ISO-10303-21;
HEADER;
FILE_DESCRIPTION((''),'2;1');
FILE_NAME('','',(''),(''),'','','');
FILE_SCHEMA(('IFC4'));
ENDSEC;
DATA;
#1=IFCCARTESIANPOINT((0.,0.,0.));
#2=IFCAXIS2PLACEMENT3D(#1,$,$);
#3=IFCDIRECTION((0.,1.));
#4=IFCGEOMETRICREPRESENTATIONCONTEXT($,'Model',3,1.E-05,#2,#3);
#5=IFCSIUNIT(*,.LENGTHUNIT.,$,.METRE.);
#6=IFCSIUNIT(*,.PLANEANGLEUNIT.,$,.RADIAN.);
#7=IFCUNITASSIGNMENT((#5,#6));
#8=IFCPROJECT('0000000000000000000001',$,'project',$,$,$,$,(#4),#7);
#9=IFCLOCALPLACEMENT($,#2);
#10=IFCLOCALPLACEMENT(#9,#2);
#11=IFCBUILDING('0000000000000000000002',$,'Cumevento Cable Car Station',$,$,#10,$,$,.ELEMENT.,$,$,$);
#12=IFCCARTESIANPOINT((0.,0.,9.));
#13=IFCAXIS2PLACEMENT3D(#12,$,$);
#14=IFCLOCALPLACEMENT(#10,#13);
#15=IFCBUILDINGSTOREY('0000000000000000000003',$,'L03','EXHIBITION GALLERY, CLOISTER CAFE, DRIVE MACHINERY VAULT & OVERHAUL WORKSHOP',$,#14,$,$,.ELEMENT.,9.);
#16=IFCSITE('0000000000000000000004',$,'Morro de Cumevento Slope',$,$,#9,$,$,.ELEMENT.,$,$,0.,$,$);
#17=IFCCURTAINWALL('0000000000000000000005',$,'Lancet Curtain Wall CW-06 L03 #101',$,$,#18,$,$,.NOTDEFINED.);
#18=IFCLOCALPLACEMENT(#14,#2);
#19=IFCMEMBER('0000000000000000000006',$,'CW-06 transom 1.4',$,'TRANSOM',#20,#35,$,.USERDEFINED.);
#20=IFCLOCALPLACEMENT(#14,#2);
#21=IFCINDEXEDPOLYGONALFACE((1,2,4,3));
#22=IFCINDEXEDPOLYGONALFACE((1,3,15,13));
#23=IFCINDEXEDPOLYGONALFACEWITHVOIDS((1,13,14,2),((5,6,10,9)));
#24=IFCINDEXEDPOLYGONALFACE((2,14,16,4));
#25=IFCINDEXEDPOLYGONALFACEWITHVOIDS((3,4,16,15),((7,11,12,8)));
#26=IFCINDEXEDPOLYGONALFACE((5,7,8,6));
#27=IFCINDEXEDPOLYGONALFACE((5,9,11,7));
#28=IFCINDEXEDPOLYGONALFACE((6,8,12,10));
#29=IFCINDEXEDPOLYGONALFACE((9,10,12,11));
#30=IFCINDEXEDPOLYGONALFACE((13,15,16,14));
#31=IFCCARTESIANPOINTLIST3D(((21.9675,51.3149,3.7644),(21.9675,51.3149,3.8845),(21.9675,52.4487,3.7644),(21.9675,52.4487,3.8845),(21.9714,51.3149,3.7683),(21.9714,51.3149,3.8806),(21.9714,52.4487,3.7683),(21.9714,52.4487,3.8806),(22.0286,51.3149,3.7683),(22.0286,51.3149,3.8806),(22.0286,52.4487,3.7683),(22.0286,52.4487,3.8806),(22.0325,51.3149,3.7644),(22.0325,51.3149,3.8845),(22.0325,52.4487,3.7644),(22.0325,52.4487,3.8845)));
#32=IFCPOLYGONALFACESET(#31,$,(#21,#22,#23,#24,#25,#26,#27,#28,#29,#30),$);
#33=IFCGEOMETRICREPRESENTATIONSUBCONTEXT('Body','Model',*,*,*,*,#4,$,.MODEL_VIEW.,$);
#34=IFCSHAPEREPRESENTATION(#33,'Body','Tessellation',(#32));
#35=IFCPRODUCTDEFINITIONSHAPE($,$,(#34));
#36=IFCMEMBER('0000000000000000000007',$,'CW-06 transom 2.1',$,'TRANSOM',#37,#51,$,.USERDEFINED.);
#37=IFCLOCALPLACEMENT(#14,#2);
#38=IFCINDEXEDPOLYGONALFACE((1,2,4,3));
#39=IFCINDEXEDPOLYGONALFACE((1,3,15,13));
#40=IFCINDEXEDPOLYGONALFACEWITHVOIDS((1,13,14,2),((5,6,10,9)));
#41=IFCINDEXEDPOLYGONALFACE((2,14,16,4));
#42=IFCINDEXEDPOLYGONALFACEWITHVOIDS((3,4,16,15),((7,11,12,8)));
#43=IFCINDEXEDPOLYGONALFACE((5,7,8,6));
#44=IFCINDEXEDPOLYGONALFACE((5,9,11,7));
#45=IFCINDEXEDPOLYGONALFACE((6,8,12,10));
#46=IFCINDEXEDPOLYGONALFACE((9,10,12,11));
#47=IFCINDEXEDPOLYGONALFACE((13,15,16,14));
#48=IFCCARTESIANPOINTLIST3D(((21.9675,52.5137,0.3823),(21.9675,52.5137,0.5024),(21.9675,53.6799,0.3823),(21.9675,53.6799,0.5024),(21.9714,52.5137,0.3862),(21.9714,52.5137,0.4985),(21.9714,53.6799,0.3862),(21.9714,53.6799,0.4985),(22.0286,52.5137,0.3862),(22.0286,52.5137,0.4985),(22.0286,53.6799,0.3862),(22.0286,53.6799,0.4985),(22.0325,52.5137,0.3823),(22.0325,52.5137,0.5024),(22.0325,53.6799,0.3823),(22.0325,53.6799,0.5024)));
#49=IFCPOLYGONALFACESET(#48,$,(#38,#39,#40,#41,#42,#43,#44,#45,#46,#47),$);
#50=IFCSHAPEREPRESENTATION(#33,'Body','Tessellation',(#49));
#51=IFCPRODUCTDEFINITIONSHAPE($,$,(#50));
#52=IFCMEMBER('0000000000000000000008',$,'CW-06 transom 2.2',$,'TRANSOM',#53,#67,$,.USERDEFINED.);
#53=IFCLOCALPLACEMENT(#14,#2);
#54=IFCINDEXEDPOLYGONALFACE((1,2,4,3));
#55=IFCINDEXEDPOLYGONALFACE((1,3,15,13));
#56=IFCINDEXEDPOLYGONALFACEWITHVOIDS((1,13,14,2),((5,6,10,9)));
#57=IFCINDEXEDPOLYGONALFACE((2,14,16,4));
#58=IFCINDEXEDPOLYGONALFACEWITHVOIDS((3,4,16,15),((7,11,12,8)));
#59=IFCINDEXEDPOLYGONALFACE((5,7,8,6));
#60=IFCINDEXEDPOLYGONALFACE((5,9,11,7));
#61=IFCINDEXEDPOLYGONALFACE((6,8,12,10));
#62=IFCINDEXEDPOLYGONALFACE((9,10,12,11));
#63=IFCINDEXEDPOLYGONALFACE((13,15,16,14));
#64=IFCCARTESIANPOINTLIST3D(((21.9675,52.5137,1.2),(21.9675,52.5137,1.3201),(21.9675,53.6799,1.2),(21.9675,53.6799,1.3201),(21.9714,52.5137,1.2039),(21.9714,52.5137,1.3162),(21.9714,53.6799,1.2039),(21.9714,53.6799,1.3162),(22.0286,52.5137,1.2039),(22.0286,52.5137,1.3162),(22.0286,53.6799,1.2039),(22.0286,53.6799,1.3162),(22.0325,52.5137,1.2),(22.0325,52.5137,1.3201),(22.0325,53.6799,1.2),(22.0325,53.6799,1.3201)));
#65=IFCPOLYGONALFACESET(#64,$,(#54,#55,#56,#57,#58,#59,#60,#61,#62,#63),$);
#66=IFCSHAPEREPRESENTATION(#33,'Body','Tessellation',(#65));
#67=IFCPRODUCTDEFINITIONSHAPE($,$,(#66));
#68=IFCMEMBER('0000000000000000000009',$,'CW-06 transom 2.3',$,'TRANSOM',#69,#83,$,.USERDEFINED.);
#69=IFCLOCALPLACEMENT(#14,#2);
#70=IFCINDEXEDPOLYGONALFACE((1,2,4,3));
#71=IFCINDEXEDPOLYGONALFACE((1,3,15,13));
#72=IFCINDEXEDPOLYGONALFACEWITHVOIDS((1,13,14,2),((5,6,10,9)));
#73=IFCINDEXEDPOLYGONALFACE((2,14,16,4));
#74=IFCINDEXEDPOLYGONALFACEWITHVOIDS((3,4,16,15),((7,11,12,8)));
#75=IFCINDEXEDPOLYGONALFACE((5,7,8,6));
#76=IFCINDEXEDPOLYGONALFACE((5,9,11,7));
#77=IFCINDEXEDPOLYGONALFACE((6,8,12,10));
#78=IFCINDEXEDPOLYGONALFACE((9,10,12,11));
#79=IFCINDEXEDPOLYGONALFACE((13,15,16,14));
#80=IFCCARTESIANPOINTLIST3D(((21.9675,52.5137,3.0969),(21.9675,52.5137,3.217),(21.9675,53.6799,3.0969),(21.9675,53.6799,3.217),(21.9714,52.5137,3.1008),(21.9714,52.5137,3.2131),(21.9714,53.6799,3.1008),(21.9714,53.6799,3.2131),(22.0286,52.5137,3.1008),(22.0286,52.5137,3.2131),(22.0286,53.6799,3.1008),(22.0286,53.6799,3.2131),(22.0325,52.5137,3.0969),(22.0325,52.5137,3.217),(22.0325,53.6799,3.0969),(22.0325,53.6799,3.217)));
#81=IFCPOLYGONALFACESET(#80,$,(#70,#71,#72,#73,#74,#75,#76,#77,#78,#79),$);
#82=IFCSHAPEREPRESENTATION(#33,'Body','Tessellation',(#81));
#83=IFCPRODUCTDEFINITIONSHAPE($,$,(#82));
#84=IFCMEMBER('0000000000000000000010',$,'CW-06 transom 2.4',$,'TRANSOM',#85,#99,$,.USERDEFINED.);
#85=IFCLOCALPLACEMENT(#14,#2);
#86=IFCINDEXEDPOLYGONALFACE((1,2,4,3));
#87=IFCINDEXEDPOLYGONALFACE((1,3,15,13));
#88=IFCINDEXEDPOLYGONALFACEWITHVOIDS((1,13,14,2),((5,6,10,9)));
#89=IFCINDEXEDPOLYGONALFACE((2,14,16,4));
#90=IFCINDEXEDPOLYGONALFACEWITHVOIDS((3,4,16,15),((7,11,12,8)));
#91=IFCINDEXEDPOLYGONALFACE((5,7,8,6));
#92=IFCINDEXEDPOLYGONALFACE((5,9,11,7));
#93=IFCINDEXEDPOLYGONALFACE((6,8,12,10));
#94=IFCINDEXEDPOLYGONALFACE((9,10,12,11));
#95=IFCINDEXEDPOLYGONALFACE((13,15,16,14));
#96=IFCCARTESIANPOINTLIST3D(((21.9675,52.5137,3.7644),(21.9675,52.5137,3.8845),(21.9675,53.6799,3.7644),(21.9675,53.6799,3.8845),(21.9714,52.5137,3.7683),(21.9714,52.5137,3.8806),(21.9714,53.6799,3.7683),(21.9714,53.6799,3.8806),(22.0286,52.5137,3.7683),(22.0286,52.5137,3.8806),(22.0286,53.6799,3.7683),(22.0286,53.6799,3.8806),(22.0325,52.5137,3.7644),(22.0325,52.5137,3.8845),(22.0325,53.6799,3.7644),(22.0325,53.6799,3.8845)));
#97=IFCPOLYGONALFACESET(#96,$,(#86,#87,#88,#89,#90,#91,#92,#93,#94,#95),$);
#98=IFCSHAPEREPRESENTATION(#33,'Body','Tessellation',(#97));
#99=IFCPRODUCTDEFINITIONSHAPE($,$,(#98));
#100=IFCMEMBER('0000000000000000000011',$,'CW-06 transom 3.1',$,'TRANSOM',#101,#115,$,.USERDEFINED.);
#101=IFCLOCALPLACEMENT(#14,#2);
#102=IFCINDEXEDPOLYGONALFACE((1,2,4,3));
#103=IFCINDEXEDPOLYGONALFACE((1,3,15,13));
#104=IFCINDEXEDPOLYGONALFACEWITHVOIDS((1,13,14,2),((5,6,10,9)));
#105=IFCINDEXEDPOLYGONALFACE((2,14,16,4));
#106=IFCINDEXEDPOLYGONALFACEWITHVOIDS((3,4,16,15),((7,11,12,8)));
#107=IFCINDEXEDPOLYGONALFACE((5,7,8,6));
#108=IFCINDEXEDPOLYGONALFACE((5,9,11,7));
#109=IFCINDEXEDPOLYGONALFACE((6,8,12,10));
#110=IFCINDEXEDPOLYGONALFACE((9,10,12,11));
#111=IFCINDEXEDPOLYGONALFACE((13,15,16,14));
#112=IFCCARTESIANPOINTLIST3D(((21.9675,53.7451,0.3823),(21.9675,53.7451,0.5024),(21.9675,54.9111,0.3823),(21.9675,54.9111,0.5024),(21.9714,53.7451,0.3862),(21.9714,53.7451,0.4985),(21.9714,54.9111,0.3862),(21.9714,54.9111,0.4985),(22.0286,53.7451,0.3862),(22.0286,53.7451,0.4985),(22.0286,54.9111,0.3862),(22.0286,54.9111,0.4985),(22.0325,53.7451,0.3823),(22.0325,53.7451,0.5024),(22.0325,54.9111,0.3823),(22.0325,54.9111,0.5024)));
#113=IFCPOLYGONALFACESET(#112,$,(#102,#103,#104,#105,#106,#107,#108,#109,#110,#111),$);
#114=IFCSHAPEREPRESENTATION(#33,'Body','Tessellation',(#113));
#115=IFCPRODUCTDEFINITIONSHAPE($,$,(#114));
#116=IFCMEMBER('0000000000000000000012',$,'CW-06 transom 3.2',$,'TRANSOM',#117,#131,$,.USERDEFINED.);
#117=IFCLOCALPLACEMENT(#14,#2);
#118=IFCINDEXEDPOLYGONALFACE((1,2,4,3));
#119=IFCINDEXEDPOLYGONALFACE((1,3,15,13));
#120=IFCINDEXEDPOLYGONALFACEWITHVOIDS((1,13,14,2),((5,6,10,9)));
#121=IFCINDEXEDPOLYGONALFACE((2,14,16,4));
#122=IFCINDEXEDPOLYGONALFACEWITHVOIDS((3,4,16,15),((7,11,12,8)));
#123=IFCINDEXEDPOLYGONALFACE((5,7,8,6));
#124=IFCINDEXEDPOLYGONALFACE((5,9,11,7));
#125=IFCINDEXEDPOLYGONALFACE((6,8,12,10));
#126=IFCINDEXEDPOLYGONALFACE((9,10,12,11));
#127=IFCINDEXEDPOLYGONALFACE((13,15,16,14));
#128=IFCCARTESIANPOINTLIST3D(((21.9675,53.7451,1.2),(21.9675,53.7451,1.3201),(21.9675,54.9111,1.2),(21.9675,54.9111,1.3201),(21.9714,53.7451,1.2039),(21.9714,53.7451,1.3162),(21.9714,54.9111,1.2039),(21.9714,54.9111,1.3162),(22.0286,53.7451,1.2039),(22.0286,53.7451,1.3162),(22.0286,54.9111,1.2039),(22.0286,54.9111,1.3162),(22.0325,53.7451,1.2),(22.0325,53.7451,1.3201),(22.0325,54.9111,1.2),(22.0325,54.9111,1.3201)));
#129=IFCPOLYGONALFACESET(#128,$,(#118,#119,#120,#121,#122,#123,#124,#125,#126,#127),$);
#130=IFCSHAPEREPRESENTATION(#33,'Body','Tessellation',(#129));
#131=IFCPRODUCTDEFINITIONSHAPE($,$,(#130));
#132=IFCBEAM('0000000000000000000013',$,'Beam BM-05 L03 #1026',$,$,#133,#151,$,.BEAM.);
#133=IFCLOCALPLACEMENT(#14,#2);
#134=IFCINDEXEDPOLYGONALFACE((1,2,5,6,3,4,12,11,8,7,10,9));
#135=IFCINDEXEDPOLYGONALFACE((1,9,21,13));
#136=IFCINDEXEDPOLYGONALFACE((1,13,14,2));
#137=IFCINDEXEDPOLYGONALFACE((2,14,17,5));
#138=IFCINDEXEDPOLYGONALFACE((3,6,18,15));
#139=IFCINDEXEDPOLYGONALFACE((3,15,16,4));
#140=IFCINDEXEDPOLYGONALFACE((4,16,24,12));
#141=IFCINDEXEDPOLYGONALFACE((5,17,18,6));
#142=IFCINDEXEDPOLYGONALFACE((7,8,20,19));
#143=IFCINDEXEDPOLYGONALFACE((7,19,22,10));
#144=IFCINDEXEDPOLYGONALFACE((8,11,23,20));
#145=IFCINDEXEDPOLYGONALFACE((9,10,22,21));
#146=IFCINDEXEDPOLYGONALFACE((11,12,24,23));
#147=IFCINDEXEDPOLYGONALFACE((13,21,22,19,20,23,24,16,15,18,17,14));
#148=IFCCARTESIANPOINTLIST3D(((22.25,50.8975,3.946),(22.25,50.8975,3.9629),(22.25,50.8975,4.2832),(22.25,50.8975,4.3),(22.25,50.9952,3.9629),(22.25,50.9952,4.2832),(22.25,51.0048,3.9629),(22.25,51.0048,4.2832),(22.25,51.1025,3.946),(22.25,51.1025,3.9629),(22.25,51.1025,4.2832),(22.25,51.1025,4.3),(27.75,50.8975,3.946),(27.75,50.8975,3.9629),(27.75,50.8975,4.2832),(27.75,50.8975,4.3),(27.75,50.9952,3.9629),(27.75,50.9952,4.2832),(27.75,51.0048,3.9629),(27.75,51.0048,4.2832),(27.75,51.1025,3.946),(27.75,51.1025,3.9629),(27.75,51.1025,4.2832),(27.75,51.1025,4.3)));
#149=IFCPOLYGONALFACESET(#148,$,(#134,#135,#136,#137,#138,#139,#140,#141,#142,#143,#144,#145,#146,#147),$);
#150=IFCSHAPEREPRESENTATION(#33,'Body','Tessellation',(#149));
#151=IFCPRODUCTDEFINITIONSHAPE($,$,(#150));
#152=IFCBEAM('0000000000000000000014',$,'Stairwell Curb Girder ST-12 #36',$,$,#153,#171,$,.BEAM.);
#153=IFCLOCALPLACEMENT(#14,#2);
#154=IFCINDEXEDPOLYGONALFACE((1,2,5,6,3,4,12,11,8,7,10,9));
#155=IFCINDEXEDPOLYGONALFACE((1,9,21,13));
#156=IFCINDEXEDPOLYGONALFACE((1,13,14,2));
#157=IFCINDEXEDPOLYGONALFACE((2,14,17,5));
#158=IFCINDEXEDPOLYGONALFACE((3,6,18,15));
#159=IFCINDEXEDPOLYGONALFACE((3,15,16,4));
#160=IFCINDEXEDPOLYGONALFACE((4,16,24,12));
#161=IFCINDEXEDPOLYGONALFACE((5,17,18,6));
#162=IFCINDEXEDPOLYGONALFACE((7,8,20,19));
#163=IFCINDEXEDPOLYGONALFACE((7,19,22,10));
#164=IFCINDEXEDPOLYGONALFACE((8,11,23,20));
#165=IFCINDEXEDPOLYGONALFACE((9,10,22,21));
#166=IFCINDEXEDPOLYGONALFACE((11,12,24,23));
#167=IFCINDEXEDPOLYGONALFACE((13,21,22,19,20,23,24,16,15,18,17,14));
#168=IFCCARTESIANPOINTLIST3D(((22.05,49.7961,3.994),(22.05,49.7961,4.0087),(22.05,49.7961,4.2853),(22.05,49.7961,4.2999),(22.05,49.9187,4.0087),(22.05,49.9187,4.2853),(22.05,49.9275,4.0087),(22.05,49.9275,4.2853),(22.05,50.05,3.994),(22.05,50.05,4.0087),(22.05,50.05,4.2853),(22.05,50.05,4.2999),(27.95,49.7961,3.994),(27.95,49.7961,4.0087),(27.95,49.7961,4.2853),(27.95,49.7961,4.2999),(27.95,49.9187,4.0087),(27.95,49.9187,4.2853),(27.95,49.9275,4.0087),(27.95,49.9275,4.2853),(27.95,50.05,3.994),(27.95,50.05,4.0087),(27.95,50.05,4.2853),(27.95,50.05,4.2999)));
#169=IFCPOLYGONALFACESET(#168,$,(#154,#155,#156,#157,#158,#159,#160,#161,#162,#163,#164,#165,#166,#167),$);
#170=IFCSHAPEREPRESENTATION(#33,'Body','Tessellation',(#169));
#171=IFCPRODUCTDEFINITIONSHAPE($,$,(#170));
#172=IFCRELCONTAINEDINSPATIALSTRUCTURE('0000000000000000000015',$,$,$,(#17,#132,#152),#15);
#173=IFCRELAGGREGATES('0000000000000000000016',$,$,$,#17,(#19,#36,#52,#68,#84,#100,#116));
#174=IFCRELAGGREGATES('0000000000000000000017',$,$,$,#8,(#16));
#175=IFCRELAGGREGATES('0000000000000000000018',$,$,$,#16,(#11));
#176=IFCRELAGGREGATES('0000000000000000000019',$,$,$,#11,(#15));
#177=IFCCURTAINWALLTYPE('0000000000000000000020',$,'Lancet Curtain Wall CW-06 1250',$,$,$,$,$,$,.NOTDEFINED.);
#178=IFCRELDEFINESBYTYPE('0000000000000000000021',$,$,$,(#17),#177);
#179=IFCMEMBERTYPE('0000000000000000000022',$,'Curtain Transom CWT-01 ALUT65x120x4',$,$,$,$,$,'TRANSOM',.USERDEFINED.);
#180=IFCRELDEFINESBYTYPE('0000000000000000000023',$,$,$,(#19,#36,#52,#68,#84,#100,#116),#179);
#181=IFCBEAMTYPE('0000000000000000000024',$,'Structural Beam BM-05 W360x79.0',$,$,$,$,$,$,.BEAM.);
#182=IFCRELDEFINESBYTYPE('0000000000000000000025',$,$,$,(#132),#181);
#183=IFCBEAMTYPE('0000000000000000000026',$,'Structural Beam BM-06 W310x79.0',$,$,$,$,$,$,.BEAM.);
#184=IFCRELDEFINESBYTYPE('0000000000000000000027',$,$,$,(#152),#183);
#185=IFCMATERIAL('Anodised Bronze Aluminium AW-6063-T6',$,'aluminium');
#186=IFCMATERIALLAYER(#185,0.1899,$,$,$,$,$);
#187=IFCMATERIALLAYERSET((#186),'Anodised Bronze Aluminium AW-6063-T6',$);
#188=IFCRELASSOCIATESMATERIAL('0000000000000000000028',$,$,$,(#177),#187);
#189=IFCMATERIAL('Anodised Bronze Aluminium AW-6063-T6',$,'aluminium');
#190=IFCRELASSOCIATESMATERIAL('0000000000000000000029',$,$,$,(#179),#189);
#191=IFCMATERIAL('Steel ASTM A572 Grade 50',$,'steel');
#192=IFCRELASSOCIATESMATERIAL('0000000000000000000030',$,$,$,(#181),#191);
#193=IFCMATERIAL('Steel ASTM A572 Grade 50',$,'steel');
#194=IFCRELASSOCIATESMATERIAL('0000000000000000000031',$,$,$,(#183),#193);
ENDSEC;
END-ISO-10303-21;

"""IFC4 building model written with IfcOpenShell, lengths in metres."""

from ifc_helpers import new_model, si_unit, direction, frame, origin, origin_2d, place, context, subcontext, project, spatial, hollow_rectangle, i_section, extrude, material, layer, layer_set, material_profile, profile_set, type_object, element, aggregate, save


model = new_model("IFC4")

# Units and contexts
model_context = context("Model", 3, precision=1e-05, world=origin(), true_north=direction((0.0, 1.0)))
body_context = subcontext(model_context, "Body", "Model", "MODEL_VIEW")
ifc_project = project(units=[si_unit("LENGTHUNIT", "METRE"), si_unit("PLANEANGLEUNIT", "RADIAN")], contexts=[model_context])

# Site, building, storey
site_placement = place(None, origin())
site = spatial("IfcSite", under=ifc_project, at=site_placement, Name="Morro de Cumevento Slope", CompositionType="ELEMENT", RefElevation=0.0)
building_placement = place(site_placement, origin())
building = spatial("IfcBuilding", under=site, at=building_placement, Name="Cumevento Cable Car Station", CompositionType="ELEMENT")
storey_placement = place(building_placement, frame((0.0, 0.0, 9.0)))
storey = spatial("IfcBuildingStorey", under=building, at=storey_placement, Name="L03", Description="EXHIBITION GALLERY, CLOISTER CAFE, DRIVE MACHINERY VAULT & OVERHAUL WORKSHOP", CompositionType="ELEMENT", Elevation=9.0)

# Curtain wall
ifc_material_1 = material(Name="Anodised Bronze Aluminium AW-6063-T6", Category="aluminium")
ifc_layer_1 = layer(ifc_material_1, 0.1899)
ifc_layer_set_1 = layer_set([ifc_layer_1], Name="Anodised Bronze Aluminium AW-6063-T6")
curtain_wall_type_1 = type_object("IfcCurtainWallType", Name="Lancet Curtain Wall CW-06 1250", PredefinedType="NOTDEFINED", material=ifc_layer_set_1)
curtain_wall_1_placement = place(storey_placement, origin())
curtain_wall_1 = element("IfcCurtainWall", 1, at=curtain_wall_1_placement, inside=storey, type_object=curtain_wall_type_1, Name="Lancet Curtain Wall CW-06 L03 #101", PredefinedType="NOTDEFINED")

# Members
ifc_material_2 = material(Name="Anodised Bronze Aluminium AW-6063-T6", Category="aluminium")
ifc_material_profile_1 = material_profile(ifc_material_2, hollow_rectangle(XDim=0.0649, YDim=0.1201, WallThickness=0.0039, at=origin_2d()), Name="ALUT65x120x4")
ifc_profile_set_1 = profile_set([ifc_material_profile_1], Name="Anodised Bronze Aluminium AW-6063-T6")
member_type_1 = type_object("IfcMemberType", Name="Curtain Transom CWT-01 ALUT65x120x4", ElementType="TRANSOM", PredefinedType="USERDEFINED", material=ifc_profile_set_1)
member_1_placement = place(storey_placement, frame((22.0, 51.3149, 3.8245), z_axis=(0.0, 1.0, 0.0), x_axis=(-1.0, 0.0, 0.0)))
member_1 = element("IfcMember", 2, at=member_1_placement, type_object=member_type_1, Name="CW-06 transom 1.4", ObjectType="TRANSOM", PredefinedType="USERDEFINED", context=body_context, shape_type="SweptSolid", body=[
    extrude(hollow_rectangle(XDim=0.0649, YDim=0.1201, WallThickness=0.0039, at=origin_2d()), origin(), (0.0, 0.0, 1.0), 1.1338),
])
member_2_placement = place(storey_placement, frame((22.0, 52.5137, 0.4424), z_axis=(0.0, 1.0, 0.0), x_axis=(-1.0, 0.0, 0.0)))
member_2 = element("IfcMember", 3, at=member_2_placement, type_object=member_type_1, Name="CW-06 transom 2.1", ObjectType="TRANSOM", PredefinedType="USERDEFINED", context=body_context, shape_type="SweptSolid", body=[
    extrude(hollow_rectangle(XDim=0.0649, YDim=0.1201, WallThickness=0.0039, at=origin_2d()), origin(), (0.0, 0.0, 1.0), 1.1663),
])
member_3_placement = place(storey_placement, frame((22.0, 52.5137, 1.26), z_axis=(0.0, 1.0, 0.0), x_axis=(-1.0, 0.0, 0.0)))
member_3 = element("IfcMember", 4, at=member_3_placement, type_object=member_type_1, Name="CW-06 transom 2.2", ObjectType="TRANSOM", PredefinedType="USERDEFINED", context=body_context, shape_type="SweptSolid", body=[
    extrude(hollow_rectangle(XDim=0.0649, YDim=0.1201, WallThickness=0.0039, at=origin_2d()), origin(), (0.0, 0.0, 1.0), 1.1663),
])
member_4_placement = place(storey_placement, frame((22.0, 52.5137, 3.157), z_axis=(0.0, 1.0, 0.0), x_axis=(-1.0, 0.0, 0.0)))
member_4 = element("IfcMember", 5, at=member_4_placement, type_object=member_type_1, Name="CW-06 transom 2.3", ObjectType="TRANSOM", PredefinedType="USERDEFINED", context=body_context, shape_type="SweptSolid", body=[
    extrude(hollow_rectangle(XDim=0.0649, YDim=0.1201, WallThickness=0.0039, at=origin_2d()), origin(), (0.0, 0.0, 1.0), 1.1663),
])
member_5_placement = place(storey_placement, frame((22.0, 52.5137, 3.8245), z_axis=(0.0, 1.0, 0.0), x_axis=(-1.0, 0.0, 0.0)))
member_5 = element("IfcMember", 6, at=member_5_placement, type_object=member_type_1, Name="CW-06 transom 2.4", ObjectType="TRANSOM", PredefinedType="USERDEFINED", context=body_context, shape_type="SweptSolid", body=[
    extrude(hollow_rectangle(XDim=0.0649, YDim=0.1201, WallThickness=0.0039, at=origin_2d()), origin(), (0.0, 0.0, 1.0), 1.1663),
])
member_6_placement = place(storey_placement, frame((22.0, 53.7451, 0.4424), z_axis=(0.0, 1.0, 0.0), x_axis=(-1.0, 0.0, 0.0)))
member_6 = element("IfcMember", 7, at=member_6_placement, type_object=member_type_1, Name="CW-06 transom 3.1", ObjectType="TRANSOM", PredefinedType="USERDEFINED", context=body_context, shape_type="SweptSolid", body=[
    extrude(hollow_rectangle(XDim=0.0649, YDim=0.1201, WallThickness=0.0039, at=origin_2d()), origin(), (0.0, 0.0, 1.0), 1.166),
])
member_7_placement = place(storey_placement, frame((22.0, 53.7451, 1.26), z_axis=(0.0, 1.0, 0.0), x_axis=(-1.0, 0.0, 0.0)))
member_7 = element("IfcMember", 8, at=member_7_placement, type_object=member_type_1, Name="CW-06 transom 3.2", ObjectType="TRANSOM", PredefinedType="USERDEFINED", context=body_context, shape_type="SweptSolid", body=[
    extrude(hollow_rectangle(XDim=0.0649, YDim=0.1201, WallThickness=0.0039, at=origin_2d()), origin(), (0.0, 0.0, 1.0), 1.166),
])

# Beams
ifc_material_3 = material(Name="Steel ASTM A572 Grade 50", Category="steel")
ifc_material_profile_2 = material_profile(ifc_material_3, i_section(OverallWidth=0.2051, OverallDepth=0.354, WebThickness=0.0095, FlangeThickness=0.0168, at=origin_2d()), Name="W360x79.0")
ifc_profile_set_2 = profile_set([ifc_material_profile_2], Name="Steel ASTM A572 Grade 50")
beam_type_1 = type_object("IfcBeamType", Name="Structural Beam BM-05 W360x79.0", PredefinedType="BEAM", material=ifc_profile_set_2)
beam_1_placement = place(storey_placement, frame((22.25, 51.0, 4.123), z_axis=(1.0, 0.0, 0.0), x_axis=(0.0, 1.0, 0.0)))
element("IfcBeam", 9, at=beam_1_placement, inside=storey, type_object=beam_type_1, Name="Beam BM-05 L03 #1026", PredefinedType="BEAM", context=body_context, shape_type="SweptSolid", body=[
    extrude(i_section(OverallWidth=0.2051, OverallDepth=0.354, WebThickness=0.0095, FlangeThickness=0.0168, at=origin_2d()), origin(), (0.0, 0.0, 1.0), 5.5),
])
ifc_material_4 = material(Name="Steel ASTM A572 Grade 50", Category="steel")
ifc_material_profile_3 = material_profile(ifc_material_4, i_section(OverallWidth=0.2539, OverallDepth=0.3059, WebThickness=0.0088, FlangeThickness=0.0146, at=origin_2d()), Name="W310x79.0")
ifc_profile_set_3 = profile_set([ifc_material_profile_3], Name="Steel ASTM A572 Grade 50")
beam_type_2 = type_object("IfcBeamType", Name="Structural Beam BM-06 W310x79.0", PredefinedType="BEAM", material=ifc_profile_set_3)
beam_2_placement = place(storey_placement, frame((22.05, 49.9231, 4.147), z_axis=(1.0, 0.0, 0.0), x_axis=(0.0, 1.0, 0.0)))
element("IfcBeam", 10, at=beam_2_placement, inside=storey, type_object=beam_type_2, Name="Stairwell Curb Girder ST-12 #36", PredefinedType="BEAM", context=body_context, shape_type="SweptSolid", body=[
    extrude(i_section(OverallWidth=0.2539, OverallDepth=0.3059, WebThickness=0.0088, FlangeThickness=0.0146, at=origin_2d()), origin(), (0.0, 0.0, 1.0), 5.8999),
])

aggregate(curtain_wall_1, [member_1, member_2, member_3, member_4, member_5, member_6, member_7])

save(model, "model.ifc")
